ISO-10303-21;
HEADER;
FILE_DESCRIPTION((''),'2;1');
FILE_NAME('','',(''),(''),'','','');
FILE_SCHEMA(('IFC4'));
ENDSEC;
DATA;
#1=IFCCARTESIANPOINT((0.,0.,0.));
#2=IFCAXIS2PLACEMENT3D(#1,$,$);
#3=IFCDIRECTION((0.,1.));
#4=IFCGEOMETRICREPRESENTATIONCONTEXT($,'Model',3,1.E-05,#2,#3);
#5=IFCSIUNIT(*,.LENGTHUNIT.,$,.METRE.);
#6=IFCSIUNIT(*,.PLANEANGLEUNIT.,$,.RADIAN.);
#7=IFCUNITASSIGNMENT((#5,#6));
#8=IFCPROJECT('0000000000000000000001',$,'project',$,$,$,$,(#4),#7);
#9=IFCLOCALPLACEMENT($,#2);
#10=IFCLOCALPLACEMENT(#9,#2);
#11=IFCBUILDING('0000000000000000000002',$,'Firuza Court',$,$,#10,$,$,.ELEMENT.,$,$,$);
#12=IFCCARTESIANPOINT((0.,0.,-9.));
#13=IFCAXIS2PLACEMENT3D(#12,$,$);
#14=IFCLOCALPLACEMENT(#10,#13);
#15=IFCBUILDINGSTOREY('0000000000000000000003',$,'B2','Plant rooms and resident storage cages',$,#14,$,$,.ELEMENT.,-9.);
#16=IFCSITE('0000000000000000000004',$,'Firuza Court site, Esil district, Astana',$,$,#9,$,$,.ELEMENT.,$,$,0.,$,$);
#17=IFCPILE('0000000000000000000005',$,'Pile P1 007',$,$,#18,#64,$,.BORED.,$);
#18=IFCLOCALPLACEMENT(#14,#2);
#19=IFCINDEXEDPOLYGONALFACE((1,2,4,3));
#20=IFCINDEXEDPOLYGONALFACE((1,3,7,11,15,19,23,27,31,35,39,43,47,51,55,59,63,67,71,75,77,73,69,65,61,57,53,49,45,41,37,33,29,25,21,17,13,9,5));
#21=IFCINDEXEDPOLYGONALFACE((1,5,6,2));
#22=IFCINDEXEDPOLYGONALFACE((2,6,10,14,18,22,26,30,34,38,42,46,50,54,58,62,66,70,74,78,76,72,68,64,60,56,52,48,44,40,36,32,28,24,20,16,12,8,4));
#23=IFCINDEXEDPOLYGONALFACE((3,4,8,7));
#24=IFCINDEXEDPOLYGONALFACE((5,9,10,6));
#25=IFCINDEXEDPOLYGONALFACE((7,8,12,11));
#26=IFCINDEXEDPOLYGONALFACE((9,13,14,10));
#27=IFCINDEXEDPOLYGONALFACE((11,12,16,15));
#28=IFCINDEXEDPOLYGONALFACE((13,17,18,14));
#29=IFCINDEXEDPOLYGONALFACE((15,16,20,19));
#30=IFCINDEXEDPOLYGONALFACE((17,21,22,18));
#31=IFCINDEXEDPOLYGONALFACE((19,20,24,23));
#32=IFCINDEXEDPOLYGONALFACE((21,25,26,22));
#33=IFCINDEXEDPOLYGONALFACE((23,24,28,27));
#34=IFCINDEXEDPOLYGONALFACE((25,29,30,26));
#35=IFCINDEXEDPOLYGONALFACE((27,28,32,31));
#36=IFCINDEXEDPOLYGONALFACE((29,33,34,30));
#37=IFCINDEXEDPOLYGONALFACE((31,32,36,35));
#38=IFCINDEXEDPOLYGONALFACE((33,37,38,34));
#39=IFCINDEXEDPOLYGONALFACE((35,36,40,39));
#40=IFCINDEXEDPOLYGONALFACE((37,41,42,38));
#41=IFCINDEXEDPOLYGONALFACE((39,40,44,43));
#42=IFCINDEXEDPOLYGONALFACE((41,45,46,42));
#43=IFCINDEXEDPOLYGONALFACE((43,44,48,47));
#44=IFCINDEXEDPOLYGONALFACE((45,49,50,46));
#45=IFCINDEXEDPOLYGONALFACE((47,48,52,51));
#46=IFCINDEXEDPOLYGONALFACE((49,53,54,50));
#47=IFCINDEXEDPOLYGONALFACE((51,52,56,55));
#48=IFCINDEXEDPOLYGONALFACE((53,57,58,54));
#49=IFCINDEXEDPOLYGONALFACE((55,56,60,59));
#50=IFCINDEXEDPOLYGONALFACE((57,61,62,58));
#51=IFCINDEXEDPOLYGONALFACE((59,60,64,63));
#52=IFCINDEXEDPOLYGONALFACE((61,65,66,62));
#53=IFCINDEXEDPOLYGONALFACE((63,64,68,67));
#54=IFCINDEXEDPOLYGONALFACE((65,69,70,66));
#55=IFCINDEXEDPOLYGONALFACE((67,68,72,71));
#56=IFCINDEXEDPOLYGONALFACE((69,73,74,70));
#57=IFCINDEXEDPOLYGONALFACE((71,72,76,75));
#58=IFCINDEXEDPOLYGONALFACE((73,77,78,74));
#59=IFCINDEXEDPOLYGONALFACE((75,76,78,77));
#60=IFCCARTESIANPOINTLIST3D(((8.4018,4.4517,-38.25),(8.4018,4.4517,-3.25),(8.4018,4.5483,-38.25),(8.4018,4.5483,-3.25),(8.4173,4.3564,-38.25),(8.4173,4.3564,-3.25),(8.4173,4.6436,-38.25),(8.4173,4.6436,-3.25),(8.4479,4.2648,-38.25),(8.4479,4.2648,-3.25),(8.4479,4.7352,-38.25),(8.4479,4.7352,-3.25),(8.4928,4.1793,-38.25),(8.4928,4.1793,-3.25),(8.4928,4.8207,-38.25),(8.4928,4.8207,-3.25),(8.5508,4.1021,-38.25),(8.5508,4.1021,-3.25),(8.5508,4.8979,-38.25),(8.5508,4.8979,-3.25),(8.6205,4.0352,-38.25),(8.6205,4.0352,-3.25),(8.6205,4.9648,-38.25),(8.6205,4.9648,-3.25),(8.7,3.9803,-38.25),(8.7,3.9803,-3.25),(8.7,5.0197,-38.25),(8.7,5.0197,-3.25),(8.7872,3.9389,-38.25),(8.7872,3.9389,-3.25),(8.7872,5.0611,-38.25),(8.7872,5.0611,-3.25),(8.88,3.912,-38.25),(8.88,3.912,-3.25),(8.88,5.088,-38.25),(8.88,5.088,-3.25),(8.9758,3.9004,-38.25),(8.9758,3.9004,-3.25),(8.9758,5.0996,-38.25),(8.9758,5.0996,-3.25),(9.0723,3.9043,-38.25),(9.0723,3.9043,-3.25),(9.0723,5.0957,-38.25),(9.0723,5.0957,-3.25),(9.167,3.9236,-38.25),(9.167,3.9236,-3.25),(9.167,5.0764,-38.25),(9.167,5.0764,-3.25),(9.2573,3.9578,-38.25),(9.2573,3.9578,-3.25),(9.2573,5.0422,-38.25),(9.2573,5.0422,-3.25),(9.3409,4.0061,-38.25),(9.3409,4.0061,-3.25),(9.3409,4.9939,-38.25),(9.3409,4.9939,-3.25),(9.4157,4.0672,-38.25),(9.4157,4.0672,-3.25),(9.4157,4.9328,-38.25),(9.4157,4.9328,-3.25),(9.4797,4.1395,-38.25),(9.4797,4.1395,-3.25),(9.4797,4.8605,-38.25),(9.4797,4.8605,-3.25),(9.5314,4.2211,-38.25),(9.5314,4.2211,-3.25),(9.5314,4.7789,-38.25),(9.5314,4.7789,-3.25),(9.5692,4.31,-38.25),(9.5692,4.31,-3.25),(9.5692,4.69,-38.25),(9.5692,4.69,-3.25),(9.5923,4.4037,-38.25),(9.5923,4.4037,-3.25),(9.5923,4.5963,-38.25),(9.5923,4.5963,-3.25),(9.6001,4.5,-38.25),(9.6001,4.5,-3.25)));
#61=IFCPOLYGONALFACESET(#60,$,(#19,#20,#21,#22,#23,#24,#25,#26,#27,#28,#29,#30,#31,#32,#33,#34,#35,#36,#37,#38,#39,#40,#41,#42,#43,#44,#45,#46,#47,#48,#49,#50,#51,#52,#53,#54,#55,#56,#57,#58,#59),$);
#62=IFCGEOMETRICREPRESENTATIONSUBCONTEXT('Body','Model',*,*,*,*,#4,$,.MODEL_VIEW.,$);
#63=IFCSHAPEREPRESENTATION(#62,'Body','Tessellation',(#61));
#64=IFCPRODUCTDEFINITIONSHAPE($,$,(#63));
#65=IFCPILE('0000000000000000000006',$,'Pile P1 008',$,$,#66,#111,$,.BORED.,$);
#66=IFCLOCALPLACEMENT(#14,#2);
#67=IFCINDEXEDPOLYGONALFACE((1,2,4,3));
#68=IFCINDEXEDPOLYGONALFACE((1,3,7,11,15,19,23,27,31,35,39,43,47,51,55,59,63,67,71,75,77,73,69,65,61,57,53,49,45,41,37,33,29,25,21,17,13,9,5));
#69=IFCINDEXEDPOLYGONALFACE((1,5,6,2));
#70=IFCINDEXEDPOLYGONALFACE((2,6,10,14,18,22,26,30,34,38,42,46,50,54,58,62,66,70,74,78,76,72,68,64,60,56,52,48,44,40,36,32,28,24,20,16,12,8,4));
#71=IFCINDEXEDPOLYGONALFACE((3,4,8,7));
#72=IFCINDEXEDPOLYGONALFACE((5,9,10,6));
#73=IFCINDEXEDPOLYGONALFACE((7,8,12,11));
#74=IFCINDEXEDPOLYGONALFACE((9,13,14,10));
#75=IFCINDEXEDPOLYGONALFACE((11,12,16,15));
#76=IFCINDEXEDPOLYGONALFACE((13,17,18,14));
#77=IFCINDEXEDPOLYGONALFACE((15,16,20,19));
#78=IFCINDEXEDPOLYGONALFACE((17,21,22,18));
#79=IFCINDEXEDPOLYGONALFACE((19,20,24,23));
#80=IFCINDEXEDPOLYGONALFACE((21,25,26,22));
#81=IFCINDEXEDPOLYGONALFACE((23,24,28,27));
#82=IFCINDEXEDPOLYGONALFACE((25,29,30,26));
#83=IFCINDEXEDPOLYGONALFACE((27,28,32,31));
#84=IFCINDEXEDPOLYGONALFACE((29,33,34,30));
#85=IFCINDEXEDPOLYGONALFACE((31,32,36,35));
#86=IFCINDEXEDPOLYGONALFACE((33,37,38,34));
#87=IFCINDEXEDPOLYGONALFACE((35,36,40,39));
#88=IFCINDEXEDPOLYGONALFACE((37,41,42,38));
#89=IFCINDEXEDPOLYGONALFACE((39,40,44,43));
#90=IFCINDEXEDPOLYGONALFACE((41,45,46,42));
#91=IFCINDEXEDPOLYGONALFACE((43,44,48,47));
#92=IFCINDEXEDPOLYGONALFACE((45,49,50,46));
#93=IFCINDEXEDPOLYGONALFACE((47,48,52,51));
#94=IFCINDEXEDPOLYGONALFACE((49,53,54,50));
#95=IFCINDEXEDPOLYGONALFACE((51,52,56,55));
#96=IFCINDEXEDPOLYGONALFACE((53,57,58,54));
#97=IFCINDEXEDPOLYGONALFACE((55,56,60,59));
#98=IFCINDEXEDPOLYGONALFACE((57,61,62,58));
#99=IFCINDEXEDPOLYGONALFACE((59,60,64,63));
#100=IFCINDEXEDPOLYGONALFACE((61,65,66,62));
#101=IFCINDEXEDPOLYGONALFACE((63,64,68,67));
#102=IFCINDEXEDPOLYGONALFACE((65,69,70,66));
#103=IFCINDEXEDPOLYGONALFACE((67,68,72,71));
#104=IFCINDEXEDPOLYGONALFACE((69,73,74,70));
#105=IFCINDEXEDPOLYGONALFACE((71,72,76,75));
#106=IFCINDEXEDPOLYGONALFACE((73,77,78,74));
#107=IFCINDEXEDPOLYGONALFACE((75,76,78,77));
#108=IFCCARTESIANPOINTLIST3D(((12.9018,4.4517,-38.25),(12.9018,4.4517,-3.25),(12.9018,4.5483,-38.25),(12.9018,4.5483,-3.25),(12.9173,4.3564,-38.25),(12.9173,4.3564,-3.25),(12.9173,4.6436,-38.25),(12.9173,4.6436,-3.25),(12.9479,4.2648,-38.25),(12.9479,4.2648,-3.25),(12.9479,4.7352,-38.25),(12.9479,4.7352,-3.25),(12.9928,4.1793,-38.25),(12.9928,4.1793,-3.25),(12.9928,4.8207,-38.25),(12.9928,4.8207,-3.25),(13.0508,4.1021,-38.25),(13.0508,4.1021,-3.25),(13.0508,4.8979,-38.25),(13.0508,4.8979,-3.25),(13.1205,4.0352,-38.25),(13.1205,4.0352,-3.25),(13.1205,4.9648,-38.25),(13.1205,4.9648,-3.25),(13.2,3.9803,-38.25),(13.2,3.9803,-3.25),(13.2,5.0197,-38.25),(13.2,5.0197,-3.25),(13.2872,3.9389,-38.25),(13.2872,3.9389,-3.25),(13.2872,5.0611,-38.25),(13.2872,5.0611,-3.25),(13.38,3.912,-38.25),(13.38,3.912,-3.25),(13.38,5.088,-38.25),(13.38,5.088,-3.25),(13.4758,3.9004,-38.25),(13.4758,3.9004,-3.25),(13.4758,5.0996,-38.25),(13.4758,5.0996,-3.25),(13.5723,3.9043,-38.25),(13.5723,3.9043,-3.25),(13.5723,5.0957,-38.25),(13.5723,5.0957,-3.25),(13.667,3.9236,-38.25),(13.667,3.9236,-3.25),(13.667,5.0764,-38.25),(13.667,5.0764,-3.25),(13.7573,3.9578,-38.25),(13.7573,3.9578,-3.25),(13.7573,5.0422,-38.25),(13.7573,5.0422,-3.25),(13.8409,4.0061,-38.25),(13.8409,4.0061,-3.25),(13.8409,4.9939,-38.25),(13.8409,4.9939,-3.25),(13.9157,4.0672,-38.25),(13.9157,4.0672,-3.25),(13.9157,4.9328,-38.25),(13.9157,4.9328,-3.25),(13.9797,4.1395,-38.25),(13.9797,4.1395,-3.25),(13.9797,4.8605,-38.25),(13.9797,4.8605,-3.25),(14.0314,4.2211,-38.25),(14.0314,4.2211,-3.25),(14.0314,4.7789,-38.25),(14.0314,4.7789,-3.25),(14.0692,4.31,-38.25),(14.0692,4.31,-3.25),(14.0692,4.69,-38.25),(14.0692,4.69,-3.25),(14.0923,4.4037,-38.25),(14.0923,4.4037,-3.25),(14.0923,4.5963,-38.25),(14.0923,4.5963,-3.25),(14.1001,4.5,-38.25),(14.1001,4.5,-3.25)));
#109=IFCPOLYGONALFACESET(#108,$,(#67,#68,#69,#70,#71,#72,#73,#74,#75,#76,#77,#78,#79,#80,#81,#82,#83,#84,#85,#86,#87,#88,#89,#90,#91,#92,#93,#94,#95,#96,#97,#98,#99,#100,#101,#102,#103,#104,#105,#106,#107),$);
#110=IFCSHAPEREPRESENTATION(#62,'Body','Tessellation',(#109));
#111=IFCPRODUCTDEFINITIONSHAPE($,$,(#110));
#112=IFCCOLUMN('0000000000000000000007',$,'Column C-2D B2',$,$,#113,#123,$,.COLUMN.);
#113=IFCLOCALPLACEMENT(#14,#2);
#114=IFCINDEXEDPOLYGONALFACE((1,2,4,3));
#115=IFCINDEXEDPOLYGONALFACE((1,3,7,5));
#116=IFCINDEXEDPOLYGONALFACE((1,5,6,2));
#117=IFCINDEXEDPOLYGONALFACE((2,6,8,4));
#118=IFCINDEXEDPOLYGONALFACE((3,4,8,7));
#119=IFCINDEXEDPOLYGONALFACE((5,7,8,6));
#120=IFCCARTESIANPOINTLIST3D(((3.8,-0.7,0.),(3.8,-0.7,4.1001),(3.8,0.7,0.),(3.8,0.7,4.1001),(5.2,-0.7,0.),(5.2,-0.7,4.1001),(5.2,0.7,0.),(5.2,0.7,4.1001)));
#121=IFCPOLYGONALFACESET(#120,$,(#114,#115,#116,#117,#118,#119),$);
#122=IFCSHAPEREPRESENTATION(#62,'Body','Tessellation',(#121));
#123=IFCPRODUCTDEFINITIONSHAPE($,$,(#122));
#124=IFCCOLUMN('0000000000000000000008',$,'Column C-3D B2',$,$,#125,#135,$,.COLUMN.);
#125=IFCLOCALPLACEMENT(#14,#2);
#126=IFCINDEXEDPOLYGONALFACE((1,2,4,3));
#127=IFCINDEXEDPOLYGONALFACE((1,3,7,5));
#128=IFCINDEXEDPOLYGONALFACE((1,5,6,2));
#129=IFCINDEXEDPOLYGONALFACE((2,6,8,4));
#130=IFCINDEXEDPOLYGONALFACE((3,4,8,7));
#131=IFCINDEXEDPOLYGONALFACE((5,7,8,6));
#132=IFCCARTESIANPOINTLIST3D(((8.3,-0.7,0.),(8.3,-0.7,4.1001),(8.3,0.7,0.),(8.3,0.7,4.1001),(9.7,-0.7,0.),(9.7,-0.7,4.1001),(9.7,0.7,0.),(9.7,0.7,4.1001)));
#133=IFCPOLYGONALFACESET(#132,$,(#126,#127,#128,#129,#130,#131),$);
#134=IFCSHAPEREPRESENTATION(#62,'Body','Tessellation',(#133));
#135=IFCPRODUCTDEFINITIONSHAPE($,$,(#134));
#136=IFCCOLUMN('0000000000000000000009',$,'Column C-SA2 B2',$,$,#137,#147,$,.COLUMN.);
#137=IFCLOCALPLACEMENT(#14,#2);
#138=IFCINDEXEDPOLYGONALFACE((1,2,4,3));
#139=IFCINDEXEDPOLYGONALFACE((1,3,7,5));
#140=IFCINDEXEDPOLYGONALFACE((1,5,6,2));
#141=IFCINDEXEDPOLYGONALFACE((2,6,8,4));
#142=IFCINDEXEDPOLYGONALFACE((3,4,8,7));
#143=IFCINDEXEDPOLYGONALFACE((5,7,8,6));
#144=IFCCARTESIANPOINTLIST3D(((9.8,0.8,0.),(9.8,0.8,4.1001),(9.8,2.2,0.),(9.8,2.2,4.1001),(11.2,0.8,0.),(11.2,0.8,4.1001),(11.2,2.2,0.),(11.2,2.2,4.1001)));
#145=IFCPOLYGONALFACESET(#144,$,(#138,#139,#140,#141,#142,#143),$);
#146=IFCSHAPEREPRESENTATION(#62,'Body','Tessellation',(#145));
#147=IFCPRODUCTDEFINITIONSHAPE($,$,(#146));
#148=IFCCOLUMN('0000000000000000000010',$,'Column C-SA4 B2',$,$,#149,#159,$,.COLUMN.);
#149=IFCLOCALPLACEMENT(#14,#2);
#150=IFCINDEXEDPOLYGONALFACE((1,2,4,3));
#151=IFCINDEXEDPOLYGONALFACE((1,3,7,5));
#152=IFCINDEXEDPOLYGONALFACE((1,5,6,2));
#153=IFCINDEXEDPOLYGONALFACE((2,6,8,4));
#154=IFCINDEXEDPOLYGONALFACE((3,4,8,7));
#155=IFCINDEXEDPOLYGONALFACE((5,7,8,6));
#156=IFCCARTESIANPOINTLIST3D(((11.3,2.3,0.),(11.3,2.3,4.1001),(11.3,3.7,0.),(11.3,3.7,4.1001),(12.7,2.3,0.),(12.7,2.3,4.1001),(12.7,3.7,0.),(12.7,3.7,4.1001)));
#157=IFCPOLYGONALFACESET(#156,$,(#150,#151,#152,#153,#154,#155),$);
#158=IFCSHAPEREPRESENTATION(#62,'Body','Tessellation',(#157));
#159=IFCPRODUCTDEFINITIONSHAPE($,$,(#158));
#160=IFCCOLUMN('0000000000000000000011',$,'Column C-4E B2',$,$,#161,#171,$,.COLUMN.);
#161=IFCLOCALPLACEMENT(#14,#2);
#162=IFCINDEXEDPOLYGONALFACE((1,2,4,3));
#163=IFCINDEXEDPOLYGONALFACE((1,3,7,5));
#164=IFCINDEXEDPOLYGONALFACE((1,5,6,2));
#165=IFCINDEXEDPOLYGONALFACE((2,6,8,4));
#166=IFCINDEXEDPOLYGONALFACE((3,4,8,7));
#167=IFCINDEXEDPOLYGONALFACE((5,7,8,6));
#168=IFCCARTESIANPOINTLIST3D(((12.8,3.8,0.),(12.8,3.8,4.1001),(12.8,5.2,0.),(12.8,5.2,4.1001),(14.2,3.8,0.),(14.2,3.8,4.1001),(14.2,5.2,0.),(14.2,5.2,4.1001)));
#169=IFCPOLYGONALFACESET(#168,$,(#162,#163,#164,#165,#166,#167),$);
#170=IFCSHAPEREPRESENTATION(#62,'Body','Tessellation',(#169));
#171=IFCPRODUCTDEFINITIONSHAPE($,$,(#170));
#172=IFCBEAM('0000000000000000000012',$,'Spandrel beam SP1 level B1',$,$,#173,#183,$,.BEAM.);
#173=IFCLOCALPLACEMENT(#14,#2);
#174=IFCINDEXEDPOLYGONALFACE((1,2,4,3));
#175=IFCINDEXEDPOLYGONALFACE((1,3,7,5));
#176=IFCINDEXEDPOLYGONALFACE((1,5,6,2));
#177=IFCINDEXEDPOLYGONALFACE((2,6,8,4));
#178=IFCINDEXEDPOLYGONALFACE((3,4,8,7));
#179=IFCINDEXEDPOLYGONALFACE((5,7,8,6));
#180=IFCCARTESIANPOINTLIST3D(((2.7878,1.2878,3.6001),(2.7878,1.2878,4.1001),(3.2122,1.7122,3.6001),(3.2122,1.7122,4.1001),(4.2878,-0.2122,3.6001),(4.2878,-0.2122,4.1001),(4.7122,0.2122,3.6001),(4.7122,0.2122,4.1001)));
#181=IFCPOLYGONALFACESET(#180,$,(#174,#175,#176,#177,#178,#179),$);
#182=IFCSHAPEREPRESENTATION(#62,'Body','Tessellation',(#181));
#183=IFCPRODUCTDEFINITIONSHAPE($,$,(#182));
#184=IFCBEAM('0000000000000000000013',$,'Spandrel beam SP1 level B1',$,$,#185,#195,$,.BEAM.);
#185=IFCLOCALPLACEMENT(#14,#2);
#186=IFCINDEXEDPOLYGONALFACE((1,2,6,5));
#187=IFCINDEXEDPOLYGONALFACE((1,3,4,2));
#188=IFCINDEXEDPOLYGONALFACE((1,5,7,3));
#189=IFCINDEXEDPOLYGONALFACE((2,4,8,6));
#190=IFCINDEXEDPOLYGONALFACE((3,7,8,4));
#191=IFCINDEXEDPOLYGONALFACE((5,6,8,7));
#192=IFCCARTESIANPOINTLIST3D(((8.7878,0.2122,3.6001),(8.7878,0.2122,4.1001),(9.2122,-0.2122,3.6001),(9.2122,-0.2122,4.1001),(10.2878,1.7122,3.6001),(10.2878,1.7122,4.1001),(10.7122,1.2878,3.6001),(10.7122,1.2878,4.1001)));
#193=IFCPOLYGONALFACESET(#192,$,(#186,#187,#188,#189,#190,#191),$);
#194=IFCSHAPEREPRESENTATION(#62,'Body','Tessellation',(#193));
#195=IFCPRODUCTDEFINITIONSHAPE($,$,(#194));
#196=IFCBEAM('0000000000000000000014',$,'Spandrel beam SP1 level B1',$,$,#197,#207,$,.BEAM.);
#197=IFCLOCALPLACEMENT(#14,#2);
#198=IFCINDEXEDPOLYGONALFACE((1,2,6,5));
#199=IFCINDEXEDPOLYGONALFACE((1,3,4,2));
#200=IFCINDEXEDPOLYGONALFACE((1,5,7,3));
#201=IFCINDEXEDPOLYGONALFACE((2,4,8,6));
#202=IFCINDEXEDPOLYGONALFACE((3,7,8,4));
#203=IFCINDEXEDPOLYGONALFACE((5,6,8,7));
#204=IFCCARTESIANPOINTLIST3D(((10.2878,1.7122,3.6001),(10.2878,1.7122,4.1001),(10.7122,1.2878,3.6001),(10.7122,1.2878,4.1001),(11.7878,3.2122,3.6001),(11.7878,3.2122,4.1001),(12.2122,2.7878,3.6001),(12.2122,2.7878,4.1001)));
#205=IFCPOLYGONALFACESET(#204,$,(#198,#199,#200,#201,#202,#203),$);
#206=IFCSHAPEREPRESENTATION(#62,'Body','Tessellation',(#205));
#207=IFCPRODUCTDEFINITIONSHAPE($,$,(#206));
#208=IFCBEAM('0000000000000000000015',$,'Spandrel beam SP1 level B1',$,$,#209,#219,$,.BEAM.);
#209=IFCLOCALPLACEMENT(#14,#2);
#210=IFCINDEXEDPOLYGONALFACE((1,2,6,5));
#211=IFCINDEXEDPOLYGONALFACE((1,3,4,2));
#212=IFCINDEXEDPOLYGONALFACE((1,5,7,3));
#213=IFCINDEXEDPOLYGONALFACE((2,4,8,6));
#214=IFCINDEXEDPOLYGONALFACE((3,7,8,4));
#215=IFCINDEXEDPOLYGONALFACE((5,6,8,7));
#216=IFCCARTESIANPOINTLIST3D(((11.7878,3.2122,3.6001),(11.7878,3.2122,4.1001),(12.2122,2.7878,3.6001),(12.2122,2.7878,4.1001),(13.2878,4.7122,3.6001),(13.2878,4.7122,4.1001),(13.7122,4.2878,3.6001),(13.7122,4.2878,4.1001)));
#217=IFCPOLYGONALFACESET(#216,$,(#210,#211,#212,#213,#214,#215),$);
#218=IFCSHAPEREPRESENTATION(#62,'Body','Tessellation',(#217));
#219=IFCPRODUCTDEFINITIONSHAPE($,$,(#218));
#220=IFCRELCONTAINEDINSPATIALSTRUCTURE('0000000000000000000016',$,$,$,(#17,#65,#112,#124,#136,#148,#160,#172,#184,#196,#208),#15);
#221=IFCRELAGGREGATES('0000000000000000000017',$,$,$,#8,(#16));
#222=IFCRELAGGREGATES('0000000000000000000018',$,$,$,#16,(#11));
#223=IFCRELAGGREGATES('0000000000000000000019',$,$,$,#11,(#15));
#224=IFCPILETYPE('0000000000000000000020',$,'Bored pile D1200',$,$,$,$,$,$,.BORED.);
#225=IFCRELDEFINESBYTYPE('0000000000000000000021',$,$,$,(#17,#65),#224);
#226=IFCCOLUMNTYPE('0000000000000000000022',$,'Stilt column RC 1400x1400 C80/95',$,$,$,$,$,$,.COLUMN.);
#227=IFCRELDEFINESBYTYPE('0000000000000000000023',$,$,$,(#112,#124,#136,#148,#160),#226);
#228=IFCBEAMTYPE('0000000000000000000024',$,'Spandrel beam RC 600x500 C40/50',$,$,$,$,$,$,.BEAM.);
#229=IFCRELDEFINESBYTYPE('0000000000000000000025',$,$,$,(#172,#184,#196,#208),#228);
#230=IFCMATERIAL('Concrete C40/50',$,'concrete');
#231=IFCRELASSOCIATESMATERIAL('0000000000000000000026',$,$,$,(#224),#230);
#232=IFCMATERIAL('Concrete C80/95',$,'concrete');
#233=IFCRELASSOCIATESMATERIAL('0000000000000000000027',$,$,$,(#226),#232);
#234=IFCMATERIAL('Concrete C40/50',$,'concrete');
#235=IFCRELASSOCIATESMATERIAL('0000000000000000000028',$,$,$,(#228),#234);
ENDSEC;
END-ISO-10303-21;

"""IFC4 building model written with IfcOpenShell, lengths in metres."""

from ifc_helpers import new_model, si_unit, direction, frame, origin, origin_2d, place, context, subcontext, project, spatial, rectangle, circle, extrude, material, material_profile, profile_set, type_object, element, save


model = new_model("IFC4")

# Units and contexts
model_context = context("Model", 3, precision=1e-05, world=origin(), true_north=direction((0.0, 1.0)))
body_context = subcontext(model_context, "Body", "Model", "MODEL_VIEW")
ifc_project = project(units=[si_unit("LENGTHUNIT", "METRE"), si_unit("PLANEANGLEUNIT", "RADIAN")], contexts=[model_context])

# Site, building, storey
site_placement = place(None, origin())
site = spatial("IfcSite", under=ifc_project, at=site_placement, Name="Firuza Court site, Esil district, Astana", CompositionType="ELEMENT", RefElevation=0.0)
building_placement = place(site_placement, origin())
building = spatial("IfcBuilding", under=site, at=building_placement, Name="Firuza Court", CompositionType="ELEMENT")
storey_placement = place(building_placement, frame((0.0, 0.0, -9.0)))
storey = spatial("IfcBuildingStorey", under=building, at=storey_placement, Name="B2", Description="Plant rooms and resident storage cages", CompositionType="ELEMENT", Elevation=-9.0)

# Piles
ifc_material_1 = material(Name="Concrete C40/50", Category="concrete")
ifc_material_profile_1 = material_profile(ifc_material_1, circle(Radius=0.6001, at=origin_2d()), Name="Pile D1200")
ifc_profile_set_1 = profile_set([ifc_material_profile_1], Name="Concrete C40/50")
pile_type = type_object("IfcPileType", Name="Bored pile D1200", PredefinedType="BORED", material=ifc_profile_set_1)
for number, where, z_axis, x_axis, name in (
    (1, (9.0, 4.5, -3.25), (0.0, 0.0, -1.0), (1.0, 0.0, 0.0), "Pile P1 007"),
    (2, (13.5, 4.5, -3.25), (0.0, 0.0, -1.0), (1.0, 0.0, 0.0), "Pile P1 008"),
):
    element("IfcPile", number, at=place(storey_placement, frame(where, z_axis=z_axis, x_axis=x_axis)), inside=storey, type_object=pile_type, Name=name, PredefinedType="BORED", context=body_context, shape_type="SweptSolid", body=[
        extrude(circle(Radius=0.6001, at=origin_2d()), origin(), (0.0, 0.0, 1.0), 35.0),
    ])

# Columns
ifc_material_2 = material(Name="Concrete C80/95", Category="concrete")
ifc_material_profile_2 = material_profile(ifc_material_2, rectangle(XDim=1.3999, YDim=1.3999, at=origin_2d()), Name="RC 1400x1400")
ifc_profile_set_2 = profile_set([ifc_material_profile_2], Name="Concrete C80/95")
column_type = type_object("IfcColumnType", Name="Stilt column RC 1400x1400 C80/95", PredefinedType="COLUMN", material=ifc_profile_set_2)
for number, where, z_axis, x_axis, name in (
    (3, (4.5, 0.0, 0.0), (0.0, 0.0, 1.0), (1.0, 0.0, 0.0), "Column C-2D B2"),
    (4, (9.0, 0.0, 0.0), (0.0, 0.0, 1.0), (1.0, 0.0, 0.0), "Column C-3D B2"),
    (5, (10.5, 1.5, 0.0), (0.0, 0.0, 1.0), (1.0, 0.0, 0.0), "Column C-SA2 B2"),
    (6, (12.0, 3.0, 0.0), (0.0, 0.0, 1.0), (1.0, 0.0, 0.0), "Column C-SA4 B2"),
    (7, (13.5, 4.5, 0.0), (0.0, 0.0, 1.0), (1.0, 0.0, 0.0), "Column C-4E B2"),
):
    element("IfcColumn", number, at=place(storey_placement, frame(where, z_axis=z_axis, x_axis=x_axis)), inside=storey, type_object=column_type, Name=name, PredefinedType="COLUMN", context=body_context, shape_type="SweptSolid", body=[
        extrude(rectangle(XDim=1.3999, YDim=1.3999, at=origin_2d()), origin(), (0.0, 0.0, 1.0), 4.1001),
    ])

# Beams
ifc_material_3 = material(Name="Concrete C40/50", Category="concrete")
ifc_material_profile_3 = material_profile(ifc_material_3, rectangle(XDim=0.6001, YDim=0.5, at=origin_2d()), Name="RC 600x500")
ifc_profile_set_3 = profile_set([ifc_material_profile_3], Name="Concrete C40/50")
beam_type_1 = type_object("IfcBeamType", Name="Spandrel beam RC 600x500 C40/50", PredefinedType="BEAM", material=ifc_profile_set_3)
for number, where, z_axis, x_axis, name in (
    (8, (3.0, 1.5, 3.8501), (0.707107, -0.707107, 0.0), (0.707107, 0.707107, 0.0), "Spandrel beam SP1 level B1"),
    (9, (9.0, 0.0, 3.8501), (0.707107, 0.707107, 0.0), (-0.707107, 0.707107, 0.0), "Spandrel beam SP1 level B1"),
    (10, (10.5, 1.5, 3.8501), (0.707107, 0.707107, 0.0), (-0.707107, 0.707107, 0.0), "Spandrel beam SP1 level B1"),
    (11, (12.0, 3.0, 3.8501), (0.707107, 0.707107, 0.0), (-0.707107, 0.707107, 0.0), "Spandrel beam SP1 level B1"),
):
    element("IfcBeam", number, at=place(storey_placement, frame(where, z_axis=z_axis, x_axis=x_axis)), inside=storey, type_object=beam_type_1, Name=name, PredefinedType="BEAM", context=body_context, shape_type="SweptSolid", body=[
        extrude(rectangle(XDim=0.6001, YDim=0.5, at=origin_2d()), origin(), (0.0, 0.0, 1.0), 2.1213),
    ])

save(model, "model.ifc")
